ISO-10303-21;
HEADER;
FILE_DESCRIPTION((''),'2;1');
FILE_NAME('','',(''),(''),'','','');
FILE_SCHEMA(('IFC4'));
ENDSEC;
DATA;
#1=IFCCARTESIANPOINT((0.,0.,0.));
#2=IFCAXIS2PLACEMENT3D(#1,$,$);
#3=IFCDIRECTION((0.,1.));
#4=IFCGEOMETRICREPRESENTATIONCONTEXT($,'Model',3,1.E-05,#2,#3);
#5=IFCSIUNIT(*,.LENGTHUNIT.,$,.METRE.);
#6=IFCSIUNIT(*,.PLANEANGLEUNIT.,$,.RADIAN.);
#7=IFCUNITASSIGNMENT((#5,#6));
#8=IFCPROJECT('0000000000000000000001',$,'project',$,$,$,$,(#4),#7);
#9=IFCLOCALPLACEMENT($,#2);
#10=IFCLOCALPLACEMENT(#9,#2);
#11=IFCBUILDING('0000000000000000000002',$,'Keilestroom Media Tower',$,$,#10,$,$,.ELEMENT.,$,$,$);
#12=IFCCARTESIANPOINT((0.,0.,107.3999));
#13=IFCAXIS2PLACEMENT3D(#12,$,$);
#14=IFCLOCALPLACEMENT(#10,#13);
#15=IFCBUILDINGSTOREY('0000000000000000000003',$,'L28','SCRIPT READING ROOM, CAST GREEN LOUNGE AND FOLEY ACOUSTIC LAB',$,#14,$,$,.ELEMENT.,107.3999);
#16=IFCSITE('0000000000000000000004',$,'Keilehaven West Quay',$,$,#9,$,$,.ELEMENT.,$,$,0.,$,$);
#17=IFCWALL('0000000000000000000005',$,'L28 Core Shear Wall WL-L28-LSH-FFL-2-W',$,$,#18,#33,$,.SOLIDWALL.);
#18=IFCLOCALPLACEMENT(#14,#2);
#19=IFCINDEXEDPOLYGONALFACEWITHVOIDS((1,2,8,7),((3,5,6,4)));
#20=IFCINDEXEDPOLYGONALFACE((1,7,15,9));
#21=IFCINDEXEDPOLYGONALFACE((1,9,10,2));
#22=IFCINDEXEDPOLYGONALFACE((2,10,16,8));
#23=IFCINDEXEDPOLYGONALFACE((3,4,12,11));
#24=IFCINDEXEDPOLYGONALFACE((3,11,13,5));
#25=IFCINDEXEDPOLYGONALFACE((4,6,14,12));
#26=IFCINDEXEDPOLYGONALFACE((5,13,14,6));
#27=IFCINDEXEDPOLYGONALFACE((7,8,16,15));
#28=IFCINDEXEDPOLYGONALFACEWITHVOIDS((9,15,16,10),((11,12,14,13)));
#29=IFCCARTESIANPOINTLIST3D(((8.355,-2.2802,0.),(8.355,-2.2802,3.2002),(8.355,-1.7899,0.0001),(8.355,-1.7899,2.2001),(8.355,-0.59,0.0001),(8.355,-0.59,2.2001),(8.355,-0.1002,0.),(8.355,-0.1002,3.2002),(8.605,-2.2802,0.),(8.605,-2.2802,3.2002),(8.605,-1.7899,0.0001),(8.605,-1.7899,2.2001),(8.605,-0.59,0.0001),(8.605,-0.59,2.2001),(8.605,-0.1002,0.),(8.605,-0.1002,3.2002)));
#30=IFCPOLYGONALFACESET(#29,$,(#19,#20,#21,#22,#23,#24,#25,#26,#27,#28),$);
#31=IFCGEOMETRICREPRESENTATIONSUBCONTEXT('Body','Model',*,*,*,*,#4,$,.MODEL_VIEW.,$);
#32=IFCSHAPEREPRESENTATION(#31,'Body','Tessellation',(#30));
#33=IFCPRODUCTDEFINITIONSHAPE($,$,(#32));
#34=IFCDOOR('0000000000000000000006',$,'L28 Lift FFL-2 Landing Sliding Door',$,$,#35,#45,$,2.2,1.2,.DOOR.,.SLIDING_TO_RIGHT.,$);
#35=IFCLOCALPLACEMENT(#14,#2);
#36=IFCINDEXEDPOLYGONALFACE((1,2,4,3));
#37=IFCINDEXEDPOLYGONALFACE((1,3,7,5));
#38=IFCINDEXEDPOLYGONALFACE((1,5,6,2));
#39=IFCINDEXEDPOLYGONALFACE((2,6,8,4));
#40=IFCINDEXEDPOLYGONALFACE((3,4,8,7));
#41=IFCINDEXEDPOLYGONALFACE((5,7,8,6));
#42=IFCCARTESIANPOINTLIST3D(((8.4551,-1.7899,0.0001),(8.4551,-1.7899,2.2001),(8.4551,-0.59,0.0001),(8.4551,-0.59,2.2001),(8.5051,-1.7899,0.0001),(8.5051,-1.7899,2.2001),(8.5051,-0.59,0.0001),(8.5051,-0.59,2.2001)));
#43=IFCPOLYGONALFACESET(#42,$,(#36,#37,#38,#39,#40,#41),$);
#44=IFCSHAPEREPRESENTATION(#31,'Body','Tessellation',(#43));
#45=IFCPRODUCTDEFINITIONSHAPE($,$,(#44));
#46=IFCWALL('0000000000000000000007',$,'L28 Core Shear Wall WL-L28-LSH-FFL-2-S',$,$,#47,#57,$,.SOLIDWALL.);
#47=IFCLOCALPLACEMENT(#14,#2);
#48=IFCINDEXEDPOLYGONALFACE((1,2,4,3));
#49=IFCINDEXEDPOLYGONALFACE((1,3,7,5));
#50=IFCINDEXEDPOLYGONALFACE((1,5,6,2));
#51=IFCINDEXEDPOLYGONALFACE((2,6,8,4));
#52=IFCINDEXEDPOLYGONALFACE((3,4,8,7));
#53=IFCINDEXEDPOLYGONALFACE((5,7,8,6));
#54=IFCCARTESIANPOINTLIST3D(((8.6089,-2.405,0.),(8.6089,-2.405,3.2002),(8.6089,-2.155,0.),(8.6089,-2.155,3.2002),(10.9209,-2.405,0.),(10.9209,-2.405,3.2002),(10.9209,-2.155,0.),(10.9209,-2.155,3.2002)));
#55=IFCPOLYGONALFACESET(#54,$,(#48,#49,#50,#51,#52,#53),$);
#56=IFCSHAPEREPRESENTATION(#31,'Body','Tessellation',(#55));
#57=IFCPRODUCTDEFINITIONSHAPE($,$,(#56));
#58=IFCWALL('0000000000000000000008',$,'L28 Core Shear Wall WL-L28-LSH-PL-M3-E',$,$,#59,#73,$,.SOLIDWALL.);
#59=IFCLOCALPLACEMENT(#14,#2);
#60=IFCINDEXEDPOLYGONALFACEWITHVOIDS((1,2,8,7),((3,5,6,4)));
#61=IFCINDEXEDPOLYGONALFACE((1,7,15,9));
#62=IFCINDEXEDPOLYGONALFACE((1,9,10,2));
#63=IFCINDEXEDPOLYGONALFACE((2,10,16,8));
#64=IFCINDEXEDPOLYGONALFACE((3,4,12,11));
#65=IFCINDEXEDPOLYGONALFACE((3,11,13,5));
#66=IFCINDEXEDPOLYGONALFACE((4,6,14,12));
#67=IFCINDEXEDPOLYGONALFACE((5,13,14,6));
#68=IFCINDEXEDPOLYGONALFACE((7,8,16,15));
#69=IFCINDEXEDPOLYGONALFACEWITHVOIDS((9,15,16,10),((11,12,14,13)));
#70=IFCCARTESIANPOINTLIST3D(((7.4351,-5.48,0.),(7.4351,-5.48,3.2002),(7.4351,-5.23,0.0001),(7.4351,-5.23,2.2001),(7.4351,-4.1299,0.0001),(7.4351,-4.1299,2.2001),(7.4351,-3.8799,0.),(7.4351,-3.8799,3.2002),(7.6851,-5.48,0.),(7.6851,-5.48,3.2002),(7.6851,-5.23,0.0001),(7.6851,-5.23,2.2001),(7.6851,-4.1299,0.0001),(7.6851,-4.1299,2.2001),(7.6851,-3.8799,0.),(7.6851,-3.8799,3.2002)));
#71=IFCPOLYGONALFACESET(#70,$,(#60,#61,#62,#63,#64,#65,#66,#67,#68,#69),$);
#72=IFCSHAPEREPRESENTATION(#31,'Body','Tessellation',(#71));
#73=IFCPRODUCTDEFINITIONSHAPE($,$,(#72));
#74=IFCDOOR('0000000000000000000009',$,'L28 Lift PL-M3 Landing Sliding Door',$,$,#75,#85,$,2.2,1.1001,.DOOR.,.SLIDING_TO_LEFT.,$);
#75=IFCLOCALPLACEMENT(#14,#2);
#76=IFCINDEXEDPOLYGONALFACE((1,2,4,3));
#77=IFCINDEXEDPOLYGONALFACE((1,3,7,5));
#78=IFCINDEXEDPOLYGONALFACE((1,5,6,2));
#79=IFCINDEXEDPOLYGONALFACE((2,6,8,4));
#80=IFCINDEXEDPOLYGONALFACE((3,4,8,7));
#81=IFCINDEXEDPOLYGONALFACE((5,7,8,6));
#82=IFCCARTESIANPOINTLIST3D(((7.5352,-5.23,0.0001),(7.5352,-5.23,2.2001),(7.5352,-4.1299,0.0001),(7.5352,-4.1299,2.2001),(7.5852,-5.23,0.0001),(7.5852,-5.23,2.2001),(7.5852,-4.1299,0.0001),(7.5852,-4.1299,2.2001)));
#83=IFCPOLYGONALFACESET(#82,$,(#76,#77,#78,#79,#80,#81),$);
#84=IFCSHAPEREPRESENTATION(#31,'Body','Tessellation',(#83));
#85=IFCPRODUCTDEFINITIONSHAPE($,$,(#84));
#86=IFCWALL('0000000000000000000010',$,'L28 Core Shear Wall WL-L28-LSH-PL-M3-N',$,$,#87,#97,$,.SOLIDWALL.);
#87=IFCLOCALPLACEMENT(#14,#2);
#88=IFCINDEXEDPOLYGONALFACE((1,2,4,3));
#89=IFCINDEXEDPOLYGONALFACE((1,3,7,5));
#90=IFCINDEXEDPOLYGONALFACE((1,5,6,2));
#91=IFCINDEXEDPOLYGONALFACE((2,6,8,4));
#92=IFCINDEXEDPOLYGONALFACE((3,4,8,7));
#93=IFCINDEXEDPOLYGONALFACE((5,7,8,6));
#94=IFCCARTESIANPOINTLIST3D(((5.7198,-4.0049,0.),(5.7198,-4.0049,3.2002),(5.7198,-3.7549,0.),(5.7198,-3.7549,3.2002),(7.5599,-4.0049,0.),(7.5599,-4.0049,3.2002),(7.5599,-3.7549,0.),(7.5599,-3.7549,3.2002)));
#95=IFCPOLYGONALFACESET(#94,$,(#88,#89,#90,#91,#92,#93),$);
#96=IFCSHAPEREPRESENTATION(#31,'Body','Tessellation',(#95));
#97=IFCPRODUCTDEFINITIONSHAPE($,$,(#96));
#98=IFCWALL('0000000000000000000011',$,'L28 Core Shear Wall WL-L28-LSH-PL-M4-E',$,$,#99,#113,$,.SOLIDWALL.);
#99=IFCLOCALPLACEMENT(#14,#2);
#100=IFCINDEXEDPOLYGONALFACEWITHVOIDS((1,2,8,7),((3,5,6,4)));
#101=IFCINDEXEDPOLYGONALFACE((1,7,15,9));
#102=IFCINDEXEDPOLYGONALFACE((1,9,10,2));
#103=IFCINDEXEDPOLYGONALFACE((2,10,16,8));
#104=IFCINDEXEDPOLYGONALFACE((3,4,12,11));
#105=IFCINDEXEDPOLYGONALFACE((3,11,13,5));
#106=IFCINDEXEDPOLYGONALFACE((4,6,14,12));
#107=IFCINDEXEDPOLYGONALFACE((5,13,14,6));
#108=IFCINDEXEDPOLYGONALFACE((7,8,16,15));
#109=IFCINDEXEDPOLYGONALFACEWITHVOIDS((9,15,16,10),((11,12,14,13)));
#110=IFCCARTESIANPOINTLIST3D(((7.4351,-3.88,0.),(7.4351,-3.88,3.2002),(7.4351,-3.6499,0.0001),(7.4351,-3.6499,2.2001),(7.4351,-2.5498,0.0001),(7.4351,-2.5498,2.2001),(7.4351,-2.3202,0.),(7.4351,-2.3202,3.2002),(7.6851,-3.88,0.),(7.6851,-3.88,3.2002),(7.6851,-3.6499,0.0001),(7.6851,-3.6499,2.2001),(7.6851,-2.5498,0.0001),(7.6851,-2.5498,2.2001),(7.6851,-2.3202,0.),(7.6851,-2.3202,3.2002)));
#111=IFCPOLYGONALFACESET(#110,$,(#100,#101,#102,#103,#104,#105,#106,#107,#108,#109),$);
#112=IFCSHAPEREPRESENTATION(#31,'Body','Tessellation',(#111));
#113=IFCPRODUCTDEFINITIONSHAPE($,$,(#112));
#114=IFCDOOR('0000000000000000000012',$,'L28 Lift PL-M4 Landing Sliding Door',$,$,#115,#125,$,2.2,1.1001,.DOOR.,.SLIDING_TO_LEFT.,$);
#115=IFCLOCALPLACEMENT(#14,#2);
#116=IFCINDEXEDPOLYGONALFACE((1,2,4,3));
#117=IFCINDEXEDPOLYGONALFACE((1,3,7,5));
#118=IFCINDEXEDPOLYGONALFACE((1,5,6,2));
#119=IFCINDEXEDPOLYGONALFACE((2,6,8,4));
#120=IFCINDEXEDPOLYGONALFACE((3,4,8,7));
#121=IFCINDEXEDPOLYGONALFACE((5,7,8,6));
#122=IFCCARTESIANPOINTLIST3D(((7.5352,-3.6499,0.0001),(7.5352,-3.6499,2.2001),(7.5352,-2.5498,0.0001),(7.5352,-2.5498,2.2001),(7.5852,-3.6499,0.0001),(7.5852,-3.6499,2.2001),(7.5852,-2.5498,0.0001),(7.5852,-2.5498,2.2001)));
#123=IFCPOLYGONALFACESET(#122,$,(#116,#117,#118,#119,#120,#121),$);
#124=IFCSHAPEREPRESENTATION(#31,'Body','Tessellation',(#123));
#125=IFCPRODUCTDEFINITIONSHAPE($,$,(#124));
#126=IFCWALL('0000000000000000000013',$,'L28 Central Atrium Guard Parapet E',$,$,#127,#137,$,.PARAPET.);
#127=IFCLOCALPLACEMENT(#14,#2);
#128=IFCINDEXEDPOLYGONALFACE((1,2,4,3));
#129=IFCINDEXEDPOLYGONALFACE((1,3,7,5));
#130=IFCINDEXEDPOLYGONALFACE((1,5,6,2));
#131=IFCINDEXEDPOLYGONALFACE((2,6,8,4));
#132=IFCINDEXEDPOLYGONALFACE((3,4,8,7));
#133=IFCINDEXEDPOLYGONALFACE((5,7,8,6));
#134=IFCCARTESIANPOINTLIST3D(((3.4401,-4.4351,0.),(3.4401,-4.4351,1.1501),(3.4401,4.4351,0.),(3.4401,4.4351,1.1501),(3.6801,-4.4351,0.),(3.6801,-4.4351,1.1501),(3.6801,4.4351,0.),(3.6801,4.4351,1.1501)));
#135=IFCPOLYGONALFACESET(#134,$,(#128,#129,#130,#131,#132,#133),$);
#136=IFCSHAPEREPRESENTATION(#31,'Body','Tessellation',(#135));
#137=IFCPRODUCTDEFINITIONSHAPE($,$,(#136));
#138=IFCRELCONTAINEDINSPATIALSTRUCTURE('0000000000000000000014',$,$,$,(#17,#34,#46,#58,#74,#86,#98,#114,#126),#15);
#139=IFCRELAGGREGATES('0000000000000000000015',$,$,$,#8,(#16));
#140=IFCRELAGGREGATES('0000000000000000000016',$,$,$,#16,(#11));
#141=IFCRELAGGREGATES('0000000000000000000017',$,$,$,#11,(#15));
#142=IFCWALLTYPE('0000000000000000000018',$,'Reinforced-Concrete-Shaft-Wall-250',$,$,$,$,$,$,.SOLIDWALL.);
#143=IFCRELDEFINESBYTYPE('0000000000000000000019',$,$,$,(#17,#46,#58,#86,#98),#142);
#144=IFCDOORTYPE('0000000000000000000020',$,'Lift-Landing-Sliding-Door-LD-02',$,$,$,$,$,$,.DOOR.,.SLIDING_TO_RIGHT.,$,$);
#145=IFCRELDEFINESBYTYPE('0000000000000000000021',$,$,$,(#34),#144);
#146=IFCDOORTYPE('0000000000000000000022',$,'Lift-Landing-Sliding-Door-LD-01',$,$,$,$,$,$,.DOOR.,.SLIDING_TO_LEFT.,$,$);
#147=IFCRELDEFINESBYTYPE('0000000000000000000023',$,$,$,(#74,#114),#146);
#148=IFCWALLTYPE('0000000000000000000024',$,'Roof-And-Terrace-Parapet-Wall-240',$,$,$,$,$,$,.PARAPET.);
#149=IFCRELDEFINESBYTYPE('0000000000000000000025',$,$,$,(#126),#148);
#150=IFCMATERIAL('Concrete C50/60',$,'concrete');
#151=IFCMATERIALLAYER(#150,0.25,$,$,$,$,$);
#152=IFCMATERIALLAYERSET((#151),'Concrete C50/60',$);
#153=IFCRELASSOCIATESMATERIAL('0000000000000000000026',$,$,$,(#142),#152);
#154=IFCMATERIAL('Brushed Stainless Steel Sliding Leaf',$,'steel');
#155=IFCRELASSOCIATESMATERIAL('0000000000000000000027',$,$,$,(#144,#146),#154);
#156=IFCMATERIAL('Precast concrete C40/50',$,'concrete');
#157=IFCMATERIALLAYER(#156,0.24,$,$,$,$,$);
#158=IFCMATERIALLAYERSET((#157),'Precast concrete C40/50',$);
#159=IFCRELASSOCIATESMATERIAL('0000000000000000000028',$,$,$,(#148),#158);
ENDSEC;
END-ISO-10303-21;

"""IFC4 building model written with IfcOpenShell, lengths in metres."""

from ifc_helpers import new_model, si_unit, direction, frame, frame_2d, origin, place, context, subcontext, project, spatial, rectangle, extrude, source, transform, mapped, material, layer, layer_set, type_object, element, fill, save


model = new_model("IFC4")

# Units and contexts
model_context = context("Model", 3, precision=1e-05, world=origin(), true_north=direction((0.0, 1.0)))
body_context = subcontext(model_context, "Body", "Model", "MODEL_VIEW")
ifc_project = project(units=[si_unit("LENGTHUNIT", "METRE"), si_unit("PLANEANGLEUNIT", "RADIAN")], contexts=[model_context])

# Site, building, storey
site_placement = place(None, origin())
site = spatial("IfcSite", under=ifc_project, at=site_placement, Name="Keilehaven West Quay", CompositionType="ELEMENT", RefElevation=0.0)
building_placement = place(site_placement, origin())
building = spatial("IfcBuilding", under=site, at=building_placement, Name="Keilestroom Media Tower", CompositionType="ELEMENT")
storey_placement = place(building_placement, frame((0.0, 0.0, 107.3999)))
storey = spatial("IfcBuildingStorey", under=building, at=storey_placement, Name="L28", Description="SCRIPT READING ROOM, CAST GREEN LOUNGE AND FOLEY ACOUSTIC LAB", CompositionType="ELEMENT", Elevation=107.3999)

# Shared definitions
shared_shape_1 = source(origin(), body_context, "Body", "SweptSolid", [
    extrude(rectangle(XDim=1.2, YDim=2.2, at=frame_2d((0.6001, 1.1001))), frame((0.0, 0.0249, 0.0), z_axis=(0.0, -1.0, 0.0), x_axis=(1.0, 0.0, 0.0)), (0.0, 0.0, 1.0), 0.05),
])

# Shared definitions
ifc_material_1 = material(Name="Concrete C50/60", Category="concrete")
ifc_layer_1 = layer(ifc_material_1, 0.25)
ifc_layer_set_1 = layer_set([ifc_layer_1], Name="Concrete C50/60")
wall_type_1 = type_object("IfcWallType", Name="Reinforced-Concrete-Shaft-Wall-250", PredefinedType="SOLIDWALL", material=ifc_layer_set_1)

# Wall, opening, door
wall_1_placement = place(storey_placement, frame((8.48, -2.28, 0.0), z_axis=(0.0, 0.0, 1.0), x_axis=(0.0, 1.0, 0.0)))
wall_1 = element("IfcWall", 1, at=wall_1_placement, inside=storey, type_object=wall_type_1, Name="L28 Core Shear Wall WL-L28-LSH-FFL-2-W", PredefinedType="SOLIDWALL", context=body_context, shape_type="SweptSolid", body=[
    extrude(rectangle(XDim=2.1799, YDim=0.25, at=frame_2d((1.0898, 0.0))), origin(), (0.0, 0.0, 1.0), 3.2002),
])
opening_1_placement = place(wall_1_placement, frame((0.49, 0.0, 0.0)))
opening_1 = element("IfcOpeningElement", 2, at=opening_1_placement, cuts=wall_1, PredefinedType="OPENING", context=body_context, shape_type="SweptSolid", body=[
    extrude(rectangle(XDim=1.2, YDim=2.2, at=frame_2d((0.6001, 1.1001))), frame((0.0, 0.135, 0.0), z_axis=(0.0, -1.0, 0.0), x_axis=(1.0, 0.0, 0.0)), (0.0, 0.0, 1.0), 0.27),
])
ifc_material_2 = material(Name="Brushed Stainless Steel Sliding Leaf", Category="steel")
door_type_1 = type_object("IfcDoorType", Name="Lift-Landing-Sliding-Door-LD-02", OperationType="SLIDING_TO_RIGHT", PredefinedType="DOOR", material=ifc_material_2)
door_1_placement = place(opening_1_placement, origin())
door_1 = element("IfcDoor", 3, at=door_1_placement, inside=storey, type_object=door_type_1, Name="L28 Lift FFL-2 Landing Sliding Door", OperationType="SLIDING_TO_RIGHT", OverallHeight=2.2, OverallWidth=1.2, PredefinedType="DOOR", context=body_context, shape_type="MappedRepresentation", body=[
    mapped(shared_shape_1, transform((0.0, 0.0, 0.0), x_axis=(1.0, 0.0, 0.0), y_axis=(0.0, 1.0, 0.0), z_axis=(0.0, 0.0, 1.0), scale=1.0)),
])
fill(opening_1, door_1)

# Wall
wall_2_placement = place(storey_placement, frame((8.6089, -2.28, 0.0), z_axis=(0.0, 0.0, 1.0), x_axis=(1.0, 0.0, 0.0)))
element("IfcWall", 4, at=wall_2_placement, inside=storey, type_object=wall_type_1, Name="L28 Core Shear Wall WL-L28-LSH-FFL-2-S", PredefinedType="SOLIDWALL", context=body_context, shape_type="SweptSolid", body=[
    extrude(rectangle(XDim=2.312, YDim=0.25, at=frame_2d((1.156, 0.0))), origin(), (0.0, 0.0, 1.0), 3.2002),
])

# Wall, opening, door
wall_3_placement = place(storey_placement, frame((7.5601, -5.48, 0.0), z_axis=(0.0, 0.0, 1.0), x_axis=(0.0, 1.0, 0.0)))
wall_3 = element("IfcWall", 5, at=wall_3_placement, inside=storey, type_object=wall_type_1, Name="L28 Core Shear Wall WL-L28-LSH-PL-M3-E", PredefinedType="SOLIDWALL", context=body_context, shape_type="SweptSolid", body=[
    extrude(rectangle(XDim=1.6001, YDim=0.25, at=frame_2d((0.8, 0.0))), origin(), (0.0, 0.0, 1.0), 3.2002),
])
opening_2_placement = place(wall_3_placement, frame((0.25, 0.0, 0.0)))
opening_2 = element("IfcOpeningElement", 6, at=opening_2_placement, cuts=wall_3, PredefinedType="OPENING", context=body_context, shape_type="SweptSolid", body=[
    extrude(rectangle(XDim=1.1001, YDim=2.2, at=frame_2d((0.55, 1.1001))), frame((0.0, 0.135, 0.0), z_axis=(0.0, -1.0, 0.0), x_axis=(1.0, 0.0, 0.0)), (0.0, 0.0, 1.0), 0.27),
])
door_type_2 = type_object("IfcDoorType", Name="Lift-Landing-Sliding-Door-LD-01", OperationType="SLIDING_TO_LEFT", PredefinedType="DOOR", material=ifc_material_2)
shared_shape_2 = source(origin(), body_context, "Body", "SweptSolid", [
    extrude(rectangle(XDim=1.1001, YDim=2.2, at=frame_2d((0.55, 1.1001))), frame((0.0, 0.0249, 0.0), z_axis=(0.0, -1.0, 0.0), x_axis=(1.0, 0.0, 0.0)), (0.0, 0.0, 1.0), 0.05),
])
door_2_placement = place(opening_2_placement, origin())
door_2 = element("IfcDoor", 7, at=door_2_placement, inside=storey, type_object=door_type_2, Name="L28 Lift PL-M3 Landing Sliding Door", OperationType="SLIDING_TO_LEFT", OverallHeight=2.2, OverallWidth=1.1001, PredefinedType="DOOR", context=body_context, shape_type="MappedRepresentation", body=[
    mapped(shared_shape_2, transform((0.0, 0.0, 0.0), x_axis=(1.0, 0.0, 0.0), y_axis=(0.0, 1.0, 0.0), z_axis=(0.0, 0.0, 1.0), scale=1.0)),
])
fill(opening_2, door_2)

# Wall
wall_4_placement = place(storey_placement, frame((5.72, -3.8799, 0.0), z_axis=(0.0, 0.0, 1.0), x_axis=(1.0, 0.0, 0.0)))
element("IfcWall", 8, at=wall_4_placement, inside=storey, type_object=wall_type_1, Name="L28 Core Shear Wall WL-L28-LSH-PL-M3-N", PredefinedType="SOLIDWALL", context=body_context, shape_type="SweptSolid", body=[
    extrude(rectangle(XDim=1.8401, YDim=0.25, at=frame_2d((0.9199, 0.0))), origin(), (0.0, 0.0, 1.0), 3.2002),
])

# Wall, opening, door
wall_5_placement = place(storey_placement, frame((7.5601, -3.8799, 0.0), z_axis=(0.0, 0.0, 1.0), x_axis=(0.0, 1.0, 0.0)))
wall_5 = element("IfcWall", 9, at=wall_5_placement, inside=storey, type_object=wall_type_1, Name="L28 Core Shear Wall WL-L28-LSH-PL-M4-E", PredefinedType="SOLIDWALL", context=body_context, shape_type="SweptSolid", body=[
    extrude(rectangle(XDim=1.5598, YDim=0.25, at=frame_2d((0.7798, 0.0))), origin(), (0.0, 0.0, 1.0), 3.2002),
])
opening_3_placement = place(wall_5_placement, frame((0.23, 0.0, 0.0)))
opening_3 = element("IfcOpeningElement", 10, at=opening_3_placement, cuts=wall_5, PredefinedType="OPENING", context=body_context, shape_type="SweptSolid", body=[
    extrude(rectangle(XDim=1.1001, YDim=2.2, at=frame_2d((0.55, 1.1001))), frame((0.0, 0.135, 0.0), z_axis=(0.0, -1.0, 0.0), x_axis=(1.0, 0.0, 0.0)), (0.0, 0.0, 1.0), 0.27),
])
door_3_placement = place(opening_3_placement, origin())
door_3 = element("IfcDoor", 11, at=door_3_placement, inside=storey, type_object=door_type_2, Name="L28 Lift PL-M4 Landing Sliding Door", OperationType="SLIDING_TO_LEFT", OverallHeight=2.2, OverallWidth=1.1001, PredefinedType="DOOR", context=body_context, shape_type="MappedRepresentation", body=[
    mapped(shared_shape_2, transform((0.0, 0.0, 0.0), x_axis=(1.0, 0.0, 0.0), y_axis=(0.0, 1.0, 0.0), z_axis=(0.0, 0.0, 1.0), scale=1.0)),
])
fill(opening_3, door_3)

# Wall
ifc_material_3 = material(Name="Precast concrete C40/50", Category="concrete")
ifc_layer_2 = layer(ifc_material_3, 0.24)
ifc_layer_set_2 = layer_set([ifc_layer_2], Name="Precast concrete C40/50")
wall_type_2 = type_object("IfcWallType", Name="Roof-And-Terrace-Parapet-Wall-240", PredefinedType="PARAPET", material=ifc_layer_set_2)
wall_6_placement = place(storey_placement, frame((3.5601, -4.4351, 0.0), z_axis=(0.0, 0.0, 1.0), x_axis=(0.0, 1.0, 0.0)))
element("IfcWall", 12, at=wall_6_placement, inside=storey, type_object=wall_type_2, Name="L28 Central Atrium Guard Parapet E", PredefinedType="PARAPET", context=body_context, shape_type="SweptSolid", body=[
    extrude(rectangle(XDim=8.8701, YDim=0.24, at=frame_2d((4.4351, 0.0))), origin(), (0.0, 0.0, 1.0), 1.1501),
])

save(model, "model.ifc")
